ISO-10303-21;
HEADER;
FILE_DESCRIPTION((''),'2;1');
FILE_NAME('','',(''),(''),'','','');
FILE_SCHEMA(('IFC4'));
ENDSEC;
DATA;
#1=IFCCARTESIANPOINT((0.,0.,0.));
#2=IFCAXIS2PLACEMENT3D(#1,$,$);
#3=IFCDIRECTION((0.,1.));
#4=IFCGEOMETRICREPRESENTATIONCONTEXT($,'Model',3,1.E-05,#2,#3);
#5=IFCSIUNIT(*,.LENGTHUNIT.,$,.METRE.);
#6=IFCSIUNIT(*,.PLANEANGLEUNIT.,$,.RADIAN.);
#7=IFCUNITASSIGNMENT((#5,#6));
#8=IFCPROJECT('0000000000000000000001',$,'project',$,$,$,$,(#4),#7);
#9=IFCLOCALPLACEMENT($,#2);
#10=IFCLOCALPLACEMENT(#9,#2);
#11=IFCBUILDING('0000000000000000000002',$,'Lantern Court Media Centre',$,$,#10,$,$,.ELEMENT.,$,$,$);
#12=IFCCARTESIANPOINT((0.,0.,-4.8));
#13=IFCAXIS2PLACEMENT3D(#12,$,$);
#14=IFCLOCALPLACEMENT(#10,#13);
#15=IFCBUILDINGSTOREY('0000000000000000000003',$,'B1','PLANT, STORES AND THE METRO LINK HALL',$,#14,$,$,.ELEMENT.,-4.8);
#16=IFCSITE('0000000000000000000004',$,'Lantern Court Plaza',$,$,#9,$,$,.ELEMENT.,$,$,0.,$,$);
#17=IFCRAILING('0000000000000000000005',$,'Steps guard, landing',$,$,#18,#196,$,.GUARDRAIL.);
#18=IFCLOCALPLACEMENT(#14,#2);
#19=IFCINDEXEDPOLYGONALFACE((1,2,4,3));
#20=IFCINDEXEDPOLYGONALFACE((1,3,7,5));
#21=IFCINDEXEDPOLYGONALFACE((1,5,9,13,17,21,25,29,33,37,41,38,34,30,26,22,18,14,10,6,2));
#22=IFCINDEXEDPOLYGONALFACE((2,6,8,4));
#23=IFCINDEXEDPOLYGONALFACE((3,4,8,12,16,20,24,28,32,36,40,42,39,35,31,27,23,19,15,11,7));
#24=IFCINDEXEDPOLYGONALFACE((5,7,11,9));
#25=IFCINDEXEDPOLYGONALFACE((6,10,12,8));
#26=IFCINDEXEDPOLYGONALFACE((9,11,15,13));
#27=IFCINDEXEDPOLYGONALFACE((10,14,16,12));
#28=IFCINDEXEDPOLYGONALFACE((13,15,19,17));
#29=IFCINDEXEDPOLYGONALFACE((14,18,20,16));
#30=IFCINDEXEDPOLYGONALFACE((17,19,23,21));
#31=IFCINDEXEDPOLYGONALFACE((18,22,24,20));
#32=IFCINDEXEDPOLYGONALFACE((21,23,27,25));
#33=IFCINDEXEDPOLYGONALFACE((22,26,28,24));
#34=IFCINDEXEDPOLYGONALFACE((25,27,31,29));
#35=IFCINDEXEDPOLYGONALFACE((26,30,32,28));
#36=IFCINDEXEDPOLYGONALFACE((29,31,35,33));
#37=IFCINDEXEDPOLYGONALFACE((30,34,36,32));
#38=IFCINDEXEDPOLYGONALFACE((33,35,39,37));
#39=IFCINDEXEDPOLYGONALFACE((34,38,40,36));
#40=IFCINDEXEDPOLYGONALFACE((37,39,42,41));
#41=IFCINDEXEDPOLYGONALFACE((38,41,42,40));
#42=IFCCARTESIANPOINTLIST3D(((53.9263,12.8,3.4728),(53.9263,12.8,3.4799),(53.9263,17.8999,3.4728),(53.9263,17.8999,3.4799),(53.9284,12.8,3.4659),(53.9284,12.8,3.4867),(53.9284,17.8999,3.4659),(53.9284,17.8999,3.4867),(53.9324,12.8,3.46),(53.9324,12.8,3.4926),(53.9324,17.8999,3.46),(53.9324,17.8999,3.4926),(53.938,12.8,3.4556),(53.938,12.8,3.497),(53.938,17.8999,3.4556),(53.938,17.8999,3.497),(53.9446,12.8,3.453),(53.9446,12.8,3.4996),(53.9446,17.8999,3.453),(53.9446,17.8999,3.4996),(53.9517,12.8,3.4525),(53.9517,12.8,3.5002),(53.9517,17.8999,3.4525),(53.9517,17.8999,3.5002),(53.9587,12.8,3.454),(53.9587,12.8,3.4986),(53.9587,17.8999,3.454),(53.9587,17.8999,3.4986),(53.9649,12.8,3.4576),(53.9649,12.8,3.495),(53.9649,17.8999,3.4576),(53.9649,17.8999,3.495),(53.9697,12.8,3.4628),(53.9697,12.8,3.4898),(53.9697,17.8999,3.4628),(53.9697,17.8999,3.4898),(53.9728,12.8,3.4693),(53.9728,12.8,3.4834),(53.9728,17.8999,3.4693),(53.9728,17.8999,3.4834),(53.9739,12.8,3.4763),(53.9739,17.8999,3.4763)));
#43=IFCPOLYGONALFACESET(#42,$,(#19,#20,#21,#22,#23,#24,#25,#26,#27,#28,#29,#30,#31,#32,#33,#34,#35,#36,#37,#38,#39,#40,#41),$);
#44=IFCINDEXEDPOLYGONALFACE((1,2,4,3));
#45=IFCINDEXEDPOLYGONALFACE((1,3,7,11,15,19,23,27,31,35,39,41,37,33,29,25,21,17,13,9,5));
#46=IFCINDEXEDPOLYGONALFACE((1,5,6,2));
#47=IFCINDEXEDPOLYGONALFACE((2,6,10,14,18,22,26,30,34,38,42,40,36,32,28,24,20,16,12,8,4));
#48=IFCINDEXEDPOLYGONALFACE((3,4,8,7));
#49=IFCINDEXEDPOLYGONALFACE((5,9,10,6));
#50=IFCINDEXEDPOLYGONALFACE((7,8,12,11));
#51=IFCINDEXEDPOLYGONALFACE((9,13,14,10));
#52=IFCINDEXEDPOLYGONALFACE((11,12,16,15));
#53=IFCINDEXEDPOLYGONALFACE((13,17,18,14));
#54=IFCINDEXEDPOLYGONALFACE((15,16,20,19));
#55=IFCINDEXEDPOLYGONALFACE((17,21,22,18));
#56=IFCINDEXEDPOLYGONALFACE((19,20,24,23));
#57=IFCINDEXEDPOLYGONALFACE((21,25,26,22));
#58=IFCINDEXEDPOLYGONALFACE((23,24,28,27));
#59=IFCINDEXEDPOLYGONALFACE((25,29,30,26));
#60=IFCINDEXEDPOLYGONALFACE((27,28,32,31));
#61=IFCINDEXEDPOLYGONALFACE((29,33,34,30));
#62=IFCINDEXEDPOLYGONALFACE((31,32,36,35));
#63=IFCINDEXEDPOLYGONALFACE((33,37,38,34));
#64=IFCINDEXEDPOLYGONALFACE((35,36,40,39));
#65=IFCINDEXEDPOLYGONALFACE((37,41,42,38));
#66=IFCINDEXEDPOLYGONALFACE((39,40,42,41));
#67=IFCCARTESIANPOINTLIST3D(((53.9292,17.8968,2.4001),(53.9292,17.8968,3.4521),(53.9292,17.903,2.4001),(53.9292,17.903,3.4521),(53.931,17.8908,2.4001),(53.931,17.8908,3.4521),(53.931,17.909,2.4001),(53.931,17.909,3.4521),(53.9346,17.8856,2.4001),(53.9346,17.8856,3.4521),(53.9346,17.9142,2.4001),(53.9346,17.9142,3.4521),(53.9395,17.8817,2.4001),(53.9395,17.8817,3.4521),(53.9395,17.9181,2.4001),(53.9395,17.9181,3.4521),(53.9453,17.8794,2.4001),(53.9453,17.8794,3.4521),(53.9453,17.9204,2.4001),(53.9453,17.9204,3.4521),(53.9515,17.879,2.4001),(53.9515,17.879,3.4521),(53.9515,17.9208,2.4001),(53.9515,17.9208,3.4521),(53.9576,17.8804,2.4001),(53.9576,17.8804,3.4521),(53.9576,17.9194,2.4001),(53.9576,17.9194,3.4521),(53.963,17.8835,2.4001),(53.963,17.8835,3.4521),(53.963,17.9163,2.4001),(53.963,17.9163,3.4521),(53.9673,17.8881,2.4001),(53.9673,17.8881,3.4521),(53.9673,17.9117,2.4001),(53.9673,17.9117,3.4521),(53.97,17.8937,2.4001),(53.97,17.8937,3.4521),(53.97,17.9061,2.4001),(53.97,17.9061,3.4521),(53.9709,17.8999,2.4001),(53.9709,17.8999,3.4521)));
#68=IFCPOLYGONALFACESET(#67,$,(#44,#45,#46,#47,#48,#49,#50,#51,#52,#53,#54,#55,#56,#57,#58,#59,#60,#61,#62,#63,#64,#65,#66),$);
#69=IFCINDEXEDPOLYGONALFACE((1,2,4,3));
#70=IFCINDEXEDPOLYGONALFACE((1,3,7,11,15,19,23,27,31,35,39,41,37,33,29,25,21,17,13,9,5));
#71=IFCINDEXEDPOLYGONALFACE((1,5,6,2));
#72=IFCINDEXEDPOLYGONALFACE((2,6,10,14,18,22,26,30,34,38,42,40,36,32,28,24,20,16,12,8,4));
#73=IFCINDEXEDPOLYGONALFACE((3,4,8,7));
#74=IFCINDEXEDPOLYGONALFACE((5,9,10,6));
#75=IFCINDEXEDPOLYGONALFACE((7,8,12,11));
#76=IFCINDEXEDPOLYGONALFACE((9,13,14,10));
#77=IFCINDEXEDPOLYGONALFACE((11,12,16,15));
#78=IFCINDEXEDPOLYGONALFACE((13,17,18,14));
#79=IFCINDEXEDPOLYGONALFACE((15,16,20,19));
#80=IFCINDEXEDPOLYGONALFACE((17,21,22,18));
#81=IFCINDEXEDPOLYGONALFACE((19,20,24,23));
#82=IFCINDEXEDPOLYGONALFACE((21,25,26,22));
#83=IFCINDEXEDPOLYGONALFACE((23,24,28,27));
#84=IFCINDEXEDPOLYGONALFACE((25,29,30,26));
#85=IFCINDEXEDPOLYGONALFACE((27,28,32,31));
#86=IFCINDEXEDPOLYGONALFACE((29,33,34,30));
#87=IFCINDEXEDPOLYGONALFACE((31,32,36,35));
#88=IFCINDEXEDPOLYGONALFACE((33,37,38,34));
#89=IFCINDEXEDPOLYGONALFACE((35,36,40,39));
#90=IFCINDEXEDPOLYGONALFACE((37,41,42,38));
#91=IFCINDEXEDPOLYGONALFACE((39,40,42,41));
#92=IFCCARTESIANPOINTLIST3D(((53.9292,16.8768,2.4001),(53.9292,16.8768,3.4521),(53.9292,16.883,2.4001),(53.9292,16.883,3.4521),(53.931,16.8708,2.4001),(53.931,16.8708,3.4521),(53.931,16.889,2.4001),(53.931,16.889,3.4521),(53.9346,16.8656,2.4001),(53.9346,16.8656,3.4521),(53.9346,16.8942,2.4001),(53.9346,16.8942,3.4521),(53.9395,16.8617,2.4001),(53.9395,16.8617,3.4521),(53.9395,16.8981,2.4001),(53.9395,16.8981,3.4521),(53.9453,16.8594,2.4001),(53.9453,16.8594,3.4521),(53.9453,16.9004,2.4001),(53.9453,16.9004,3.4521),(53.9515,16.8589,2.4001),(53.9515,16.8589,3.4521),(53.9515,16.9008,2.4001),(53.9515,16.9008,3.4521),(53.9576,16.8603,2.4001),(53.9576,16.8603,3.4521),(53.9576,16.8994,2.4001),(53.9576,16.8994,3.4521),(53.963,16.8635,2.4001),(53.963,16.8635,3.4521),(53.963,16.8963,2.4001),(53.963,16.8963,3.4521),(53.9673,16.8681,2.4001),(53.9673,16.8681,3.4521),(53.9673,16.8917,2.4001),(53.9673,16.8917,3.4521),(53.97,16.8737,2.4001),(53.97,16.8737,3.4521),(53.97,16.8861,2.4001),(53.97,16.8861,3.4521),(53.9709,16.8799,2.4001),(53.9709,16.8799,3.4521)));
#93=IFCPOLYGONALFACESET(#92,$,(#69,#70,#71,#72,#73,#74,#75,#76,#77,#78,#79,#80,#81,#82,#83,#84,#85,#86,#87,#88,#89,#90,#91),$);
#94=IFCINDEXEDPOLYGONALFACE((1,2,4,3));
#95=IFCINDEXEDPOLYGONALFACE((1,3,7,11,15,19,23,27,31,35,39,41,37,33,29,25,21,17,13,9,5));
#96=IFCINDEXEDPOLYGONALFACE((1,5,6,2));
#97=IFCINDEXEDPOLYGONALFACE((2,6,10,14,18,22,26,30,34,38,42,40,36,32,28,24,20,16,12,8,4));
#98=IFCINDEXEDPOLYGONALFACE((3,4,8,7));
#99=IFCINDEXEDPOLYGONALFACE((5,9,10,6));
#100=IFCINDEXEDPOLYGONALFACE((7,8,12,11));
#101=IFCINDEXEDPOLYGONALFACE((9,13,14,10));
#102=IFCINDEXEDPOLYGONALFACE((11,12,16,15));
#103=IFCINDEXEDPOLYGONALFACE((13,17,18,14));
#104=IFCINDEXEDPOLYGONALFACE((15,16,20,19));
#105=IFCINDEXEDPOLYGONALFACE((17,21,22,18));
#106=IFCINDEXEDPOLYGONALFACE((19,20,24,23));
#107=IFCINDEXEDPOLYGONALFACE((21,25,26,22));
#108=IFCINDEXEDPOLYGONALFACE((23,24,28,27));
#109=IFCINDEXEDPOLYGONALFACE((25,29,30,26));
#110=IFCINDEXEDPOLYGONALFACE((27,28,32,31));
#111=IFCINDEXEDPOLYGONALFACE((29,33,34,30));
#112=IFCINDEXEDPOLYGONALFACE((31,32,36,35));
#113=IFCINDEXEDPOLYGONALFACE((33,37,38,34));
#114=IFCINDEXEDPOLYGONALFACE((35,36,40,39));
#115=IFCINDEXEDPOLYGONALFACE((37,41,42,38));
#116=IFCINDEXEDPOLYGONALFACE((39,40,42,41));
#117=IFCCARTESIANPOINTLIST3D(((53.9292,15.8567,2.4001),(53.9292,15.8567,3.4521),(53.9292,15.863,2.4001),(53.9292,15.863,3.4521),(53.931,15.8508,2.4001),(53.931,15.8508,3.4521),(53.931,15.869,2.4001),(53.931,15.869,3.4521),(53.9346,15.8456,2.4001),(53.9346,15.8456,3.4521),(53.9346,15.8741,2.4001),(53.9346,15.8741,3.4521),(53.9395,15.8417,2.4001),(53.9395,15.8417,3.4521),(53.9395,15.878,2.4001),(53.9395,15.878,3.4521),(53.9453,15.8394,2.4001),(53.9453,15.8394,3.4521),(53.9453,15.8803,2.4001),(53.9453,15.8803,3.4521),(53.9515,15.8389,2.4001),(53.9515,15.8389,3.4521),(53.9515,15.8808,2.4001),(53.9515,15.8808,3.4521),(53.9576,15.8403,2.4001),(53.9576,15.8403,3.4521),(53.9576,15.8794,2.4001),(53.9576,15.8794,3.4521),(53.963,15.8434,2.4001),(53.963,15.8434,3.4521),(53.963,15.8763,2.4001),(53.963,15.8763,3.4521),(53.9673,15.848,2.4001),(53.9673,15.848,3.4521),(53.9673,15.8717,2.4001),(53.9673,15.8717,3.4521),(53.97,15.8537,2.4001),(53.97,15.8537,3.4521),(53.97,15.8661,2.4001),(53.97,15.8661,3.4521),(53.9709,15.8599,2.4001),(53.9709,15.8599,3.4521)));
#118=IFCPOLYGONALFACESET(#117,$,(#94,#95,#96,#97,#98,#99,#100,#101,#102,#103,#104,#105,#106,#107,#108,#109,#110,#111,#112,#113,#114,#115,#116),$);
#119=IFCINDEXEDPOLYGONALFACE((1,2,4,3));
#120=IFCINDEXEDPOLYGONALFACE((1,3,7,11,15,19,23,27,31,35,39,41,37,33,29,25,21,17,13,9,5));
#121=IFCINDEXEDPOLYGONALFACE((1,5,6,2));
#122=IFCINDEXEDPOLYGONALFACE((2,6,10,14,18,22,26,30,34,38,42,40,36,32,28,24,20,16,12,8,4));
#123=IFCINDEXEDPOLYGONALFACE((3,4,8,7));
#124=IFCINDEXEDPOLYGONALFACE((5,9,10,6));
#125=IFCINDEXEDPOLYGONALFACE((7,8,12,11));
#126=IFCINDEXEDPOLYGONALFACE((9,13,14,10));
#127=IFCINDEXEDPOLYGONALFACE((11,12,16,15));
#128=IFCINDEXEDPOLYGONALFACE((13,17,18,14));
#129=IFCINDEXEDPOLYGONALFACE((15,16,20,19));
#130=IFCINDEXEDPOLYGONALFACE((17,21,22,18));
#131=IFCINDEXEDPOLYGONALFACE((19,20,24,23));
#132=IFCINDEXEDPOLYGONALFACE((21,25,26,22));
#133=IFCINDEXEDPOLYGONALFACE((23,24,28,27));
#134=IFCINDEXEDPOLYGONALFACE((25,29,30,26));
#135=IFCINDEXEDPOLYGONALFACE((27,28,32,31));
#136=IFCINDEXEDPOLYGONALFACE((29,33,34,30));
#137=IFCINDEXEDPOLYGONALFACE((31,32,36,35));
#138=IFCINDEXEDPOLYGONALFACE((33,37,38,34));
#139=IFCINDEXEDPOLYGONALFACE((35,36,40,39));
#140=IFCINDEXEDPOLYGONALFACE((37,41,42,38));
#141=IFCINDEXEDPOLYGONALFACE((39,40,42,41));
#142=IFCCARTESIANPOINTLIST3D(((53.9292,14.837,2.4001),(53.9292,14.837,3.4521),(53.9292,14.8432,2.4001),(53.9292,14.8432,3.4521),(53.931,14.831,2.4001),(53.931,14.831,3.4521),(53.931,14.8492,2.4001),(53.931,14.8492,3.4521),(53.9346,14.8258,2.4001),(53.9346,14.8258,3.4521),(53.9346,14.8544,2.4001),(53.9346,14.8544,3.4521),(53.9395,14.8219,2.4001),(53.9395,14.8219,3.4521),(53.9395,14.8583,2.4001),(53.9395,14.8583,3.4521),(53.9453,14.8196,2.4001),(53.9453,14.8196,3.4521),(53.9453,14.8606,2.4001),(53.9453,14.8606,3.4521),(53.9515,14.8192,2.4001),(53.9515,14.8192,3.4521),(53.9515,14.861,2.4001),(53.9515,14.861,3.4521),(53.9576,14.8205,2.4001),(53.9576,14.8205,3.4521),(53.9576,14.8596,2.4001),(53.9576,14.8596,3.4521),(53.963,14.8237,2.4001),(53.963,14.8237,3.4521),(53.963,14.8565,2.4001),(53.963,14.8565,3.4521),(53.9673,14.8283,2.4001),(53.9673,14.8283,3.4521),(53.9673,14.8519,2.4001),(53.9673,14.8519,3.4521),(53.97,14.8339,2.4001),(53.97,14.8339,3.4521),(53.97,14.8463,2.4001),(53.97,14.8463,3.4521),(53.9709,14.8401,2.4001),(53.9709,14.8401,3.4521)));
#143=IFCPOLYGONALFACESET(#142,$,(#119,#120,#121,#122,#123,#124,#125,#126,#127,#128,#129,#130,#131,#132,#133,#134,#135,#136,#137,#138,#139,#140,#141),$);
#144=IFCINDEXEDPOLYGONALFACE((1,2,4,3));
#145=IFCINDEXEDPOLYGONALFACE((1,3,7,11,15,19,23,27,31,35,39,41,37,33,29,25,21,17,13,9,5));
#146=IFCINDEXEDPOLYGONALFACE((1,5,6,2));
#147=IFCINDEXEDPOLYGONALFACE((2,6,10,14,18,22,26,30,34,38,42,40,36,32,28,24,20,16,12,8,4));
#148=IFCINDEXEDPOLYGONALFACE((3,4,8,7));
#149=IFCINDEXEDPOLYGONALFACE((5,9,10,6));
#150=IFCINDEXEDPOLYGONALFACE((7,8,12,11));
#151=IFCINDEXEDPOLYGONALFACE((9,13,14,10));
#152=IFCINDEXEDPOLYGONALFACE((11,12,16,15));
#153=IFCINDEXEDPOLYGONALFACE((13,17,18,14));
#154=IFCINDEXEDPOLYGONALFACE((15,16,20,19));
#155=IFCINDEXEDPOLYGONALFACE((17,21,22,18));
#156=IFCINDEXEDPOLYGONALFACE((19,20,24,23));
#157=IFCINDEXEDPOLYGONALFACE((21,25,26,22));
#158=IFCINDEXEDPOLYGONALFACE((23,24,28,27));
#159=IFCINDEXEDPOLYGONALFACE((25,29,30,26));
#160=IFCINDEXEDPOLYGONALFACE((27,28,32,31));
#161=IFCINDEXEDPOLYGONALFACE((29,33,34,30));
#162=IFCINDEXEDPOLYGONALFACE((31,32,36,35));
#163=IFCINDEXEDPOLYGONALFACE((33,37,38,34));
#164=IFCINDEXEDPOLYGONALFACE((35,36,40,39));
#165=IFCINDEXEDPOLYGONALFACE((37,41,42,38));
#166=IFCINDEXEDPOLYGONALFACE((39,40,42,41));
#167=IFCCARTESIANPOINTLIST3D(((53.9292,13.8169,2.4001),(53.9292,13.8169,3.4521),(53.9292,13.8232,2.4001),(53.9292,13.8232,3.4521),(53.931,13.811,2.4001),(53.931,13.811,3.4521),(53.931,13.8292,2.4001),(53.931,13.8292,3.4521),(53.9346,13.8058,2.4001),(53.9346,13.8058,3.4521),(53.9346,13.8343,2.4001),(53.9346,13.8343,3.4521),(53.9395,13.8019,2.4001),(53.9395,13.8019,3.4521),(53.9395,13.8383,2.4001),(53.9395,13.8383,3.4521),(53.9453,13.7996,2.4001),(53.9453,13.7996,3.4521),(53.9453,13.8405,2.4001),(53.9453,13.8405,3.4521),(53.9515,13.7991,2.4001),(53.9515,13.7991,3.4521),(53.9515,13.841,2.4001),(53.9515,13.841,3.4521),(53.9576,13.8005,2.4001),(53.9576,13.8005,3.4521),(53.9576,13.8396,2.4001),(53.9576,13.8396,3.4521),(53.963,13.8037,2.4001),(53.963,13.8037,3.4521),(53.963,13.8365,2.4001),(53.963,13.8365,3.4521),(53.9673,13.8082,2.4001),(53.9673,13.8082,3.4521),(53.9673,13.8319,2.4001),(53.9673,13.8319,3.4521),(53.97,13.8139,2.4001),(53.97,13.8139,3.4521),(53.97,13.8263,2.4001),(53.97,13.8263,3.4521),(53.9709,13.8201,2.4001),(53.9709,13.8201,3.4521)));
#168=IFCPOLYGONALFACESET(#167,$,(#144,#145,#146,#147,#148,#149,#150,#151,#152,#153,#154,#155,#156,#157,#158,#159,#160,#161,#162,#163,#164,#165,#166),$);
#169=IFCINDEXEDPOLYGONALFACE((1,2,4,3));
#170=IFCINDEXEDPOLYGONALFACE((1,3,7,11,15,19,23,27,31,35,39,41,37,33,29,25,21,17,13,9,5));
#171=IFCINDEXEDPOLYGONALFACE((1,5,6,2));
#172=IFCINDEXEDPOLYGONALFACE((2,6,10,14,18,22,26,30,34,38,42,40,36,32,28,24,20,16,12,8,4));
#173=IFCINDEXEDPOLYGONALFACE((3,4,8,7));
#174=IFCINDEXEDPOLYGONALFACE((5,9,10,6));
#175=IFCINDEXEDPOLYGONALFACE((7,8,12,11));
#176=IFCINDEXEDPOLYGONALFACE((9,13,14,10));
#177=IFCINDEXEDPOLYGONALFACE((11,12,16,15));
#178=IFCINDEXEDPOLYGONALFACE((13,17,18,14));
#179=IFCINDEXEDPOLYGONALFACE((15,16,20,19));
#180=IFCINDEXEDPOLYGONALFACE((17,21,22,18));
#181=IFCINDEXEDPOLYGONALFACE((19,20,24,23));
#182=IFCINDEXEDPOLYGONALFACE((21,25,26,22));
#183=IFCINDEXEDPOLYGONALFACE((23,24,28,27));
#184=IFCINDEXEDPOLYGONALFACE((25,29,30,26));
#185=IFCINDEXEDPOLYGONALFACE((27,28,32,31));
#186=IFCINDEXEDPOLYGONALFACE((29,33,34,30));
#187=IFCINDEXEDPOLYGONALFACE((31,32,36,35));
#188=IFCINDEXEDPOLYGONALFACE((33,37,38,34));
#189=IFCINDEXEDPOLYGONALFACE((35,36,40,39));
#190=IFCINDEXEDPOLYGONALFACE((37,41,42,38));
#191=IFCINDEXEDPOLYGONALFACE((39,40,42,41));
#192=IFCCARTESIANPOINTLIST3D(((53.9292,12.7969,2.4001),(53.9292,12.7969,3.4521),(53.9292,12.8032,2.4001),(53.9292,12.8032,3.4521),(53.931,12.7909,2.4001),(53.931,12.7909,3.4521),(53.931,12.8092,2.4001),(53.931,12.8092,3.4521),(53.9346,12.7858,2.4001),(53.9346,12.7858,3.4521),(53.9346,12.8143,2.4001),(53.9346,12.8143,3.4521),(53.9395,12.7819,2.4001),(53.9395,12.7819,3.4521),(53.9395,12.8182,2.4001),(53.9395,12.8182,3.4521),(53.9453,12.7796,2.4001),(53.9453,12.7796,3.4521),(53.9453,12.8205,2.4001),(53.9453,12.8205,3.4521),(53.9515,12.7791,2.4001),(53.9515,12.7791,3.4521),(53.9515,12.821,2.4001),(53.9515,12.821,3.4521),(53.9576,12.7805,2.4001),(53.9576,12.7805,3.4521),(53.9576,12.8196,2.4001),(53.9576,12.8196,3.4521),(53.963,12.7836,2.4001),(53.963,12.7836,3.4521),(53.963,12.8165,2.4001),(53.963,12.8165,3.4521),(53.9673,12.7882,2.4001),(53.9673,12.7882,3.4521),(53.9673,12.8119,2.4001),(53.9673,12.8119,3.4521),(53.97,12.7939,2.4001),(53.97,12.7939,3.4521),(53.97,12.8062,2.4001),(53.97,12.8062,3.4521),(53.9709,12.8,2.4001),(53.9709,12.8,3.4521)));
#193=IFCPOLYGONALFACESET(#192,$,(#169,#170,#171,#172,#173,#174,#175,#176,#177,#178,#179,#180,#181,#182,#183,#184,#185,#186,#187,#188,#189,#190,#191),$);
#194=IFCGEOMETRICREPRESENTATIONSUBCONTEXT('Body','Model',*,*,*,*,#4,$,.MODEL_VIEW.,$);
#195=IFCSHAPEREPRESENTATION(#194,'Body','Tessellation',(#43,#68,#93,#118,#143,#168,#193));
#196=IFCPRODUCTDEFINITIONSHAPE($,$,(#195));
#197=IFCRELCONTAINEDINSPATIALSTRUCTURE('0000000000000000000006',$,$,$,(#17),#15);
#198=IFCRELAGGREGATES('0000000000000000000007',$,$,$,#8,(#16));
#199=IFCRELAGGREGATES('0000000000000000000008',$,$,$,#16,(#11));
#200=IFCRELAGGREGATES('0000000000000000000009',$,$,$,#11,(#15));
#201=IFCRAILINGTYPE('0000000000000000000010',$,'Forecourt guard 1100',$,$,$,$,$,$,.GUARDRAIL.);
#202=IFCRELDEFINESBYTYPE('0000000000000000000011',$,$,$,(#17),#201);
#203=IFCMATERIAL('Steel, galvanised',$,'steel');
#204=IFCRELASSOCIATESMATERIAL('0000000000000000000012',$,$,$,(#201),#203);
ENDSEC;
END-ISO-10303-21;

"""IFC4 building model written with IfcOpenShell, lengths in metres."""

from ifc_helpers import new_model, si_unit, direction, frame, origin, origin_2d, place, context, subcontext, project, spatial, circle, extrude, material, type_object, element, save


model = new_model("IFC4")

# Units and contexts
model_context = context("Model", 3, precision=1e-05, world=origin(), true_north=direction((0.0, 1.0)))
body_context = subcontext(model_context, "Body", "Model", "MODEL_VIEW")
ifc_project = project(units=[si_unit("LENGTHUNIT", "METRE"), si_unit("PLANEANGLEUNIT", "RADIAN")], contexts=[model_context])

# Site, building, storey
site_placement = place(None, origin())
site = spatial("IfcSite", under=ifc_project, at=site_placement, Name="Lantern Court Plaza", CompositionType="ELEMENT", RefElevation=0.0)
building_placement = place(site_placement, origin())
building = spatial("IfcBuilding", under=site, at=building_placement, Name="Lantern Court Media Centre", CompositionType="ELEMENT")
storey_placement = place(building_placement, frame((0.0, 0.0, -4.8)))
storey = spatial("IfcBuildingStorey", under=building, at=storey_placement, Name="B1", Description="PLANT, STORES AND THE METRO LINK HALL", CompositionType="ELEMENT", Elevation=-4.8)

# Railing
ifc_material_1 = material(Name="Steel, galvanised", Category="steel")
railing_type_1 = type_object("IfcRailingType", Name="Forecourt guard 1100", PredefinedType="GUARDRAIL", material=ifc_material_1)
railing_1_placement = place(storey_placement, frame((53.95, 17.8999, 2.4001)))
element("IfcRailing", 1, at=railing_1_placement, inside=storey, type_object=railing_type_1, Name="Steps guard, landing", PredefinedType="GUARDRAIL", context=body_context, shape_type="SweptSolid", body=[
    extrude(circle(Radius=0.0239, at=origin_2d()), frame((0.0, 0.0, 1.0762), z_axis=(0.0, -1.0, 0.0), x_axis=(1.0, 0.0, 0.0)), (0.0, 0.0, 1.0), 5.0999),
    extrude(circle(Radius=0.021, at=origin_2d()), origin(), (0.0, 0.0, 1.0), 1.052),
    extrude(circle(Radius=0.021, at=origin_2d()), frame((0.0, -1.02, 0.0)), (0.0, 0.0, 1.0), 1.052),
    extrude(circle(Radius=0.021, at=origin_2d()), frame((0.0, -2.04, 0.0)), (0.0, 0.0, 1.0), 1.052),
    extrude(circle(Radius=0.021, at=origin_2d()), frame((0.0, -3.0598, 0.0)), (0.0, 0.0, 1.0), 1.052),
    extrude(circle(Radius=0.021, at=origin_2d()), frame((0.0, -4.0798, 0.0)), (0.0, 0.0, 1.0), 1.052),
    extrude(circle(Radius=0.021, at=origin_2d()), frame((0.0, -5.0999, 0.0)), (0.0, 0.0, 1.0), 1.052),
])

save(model, "model.ifc")
